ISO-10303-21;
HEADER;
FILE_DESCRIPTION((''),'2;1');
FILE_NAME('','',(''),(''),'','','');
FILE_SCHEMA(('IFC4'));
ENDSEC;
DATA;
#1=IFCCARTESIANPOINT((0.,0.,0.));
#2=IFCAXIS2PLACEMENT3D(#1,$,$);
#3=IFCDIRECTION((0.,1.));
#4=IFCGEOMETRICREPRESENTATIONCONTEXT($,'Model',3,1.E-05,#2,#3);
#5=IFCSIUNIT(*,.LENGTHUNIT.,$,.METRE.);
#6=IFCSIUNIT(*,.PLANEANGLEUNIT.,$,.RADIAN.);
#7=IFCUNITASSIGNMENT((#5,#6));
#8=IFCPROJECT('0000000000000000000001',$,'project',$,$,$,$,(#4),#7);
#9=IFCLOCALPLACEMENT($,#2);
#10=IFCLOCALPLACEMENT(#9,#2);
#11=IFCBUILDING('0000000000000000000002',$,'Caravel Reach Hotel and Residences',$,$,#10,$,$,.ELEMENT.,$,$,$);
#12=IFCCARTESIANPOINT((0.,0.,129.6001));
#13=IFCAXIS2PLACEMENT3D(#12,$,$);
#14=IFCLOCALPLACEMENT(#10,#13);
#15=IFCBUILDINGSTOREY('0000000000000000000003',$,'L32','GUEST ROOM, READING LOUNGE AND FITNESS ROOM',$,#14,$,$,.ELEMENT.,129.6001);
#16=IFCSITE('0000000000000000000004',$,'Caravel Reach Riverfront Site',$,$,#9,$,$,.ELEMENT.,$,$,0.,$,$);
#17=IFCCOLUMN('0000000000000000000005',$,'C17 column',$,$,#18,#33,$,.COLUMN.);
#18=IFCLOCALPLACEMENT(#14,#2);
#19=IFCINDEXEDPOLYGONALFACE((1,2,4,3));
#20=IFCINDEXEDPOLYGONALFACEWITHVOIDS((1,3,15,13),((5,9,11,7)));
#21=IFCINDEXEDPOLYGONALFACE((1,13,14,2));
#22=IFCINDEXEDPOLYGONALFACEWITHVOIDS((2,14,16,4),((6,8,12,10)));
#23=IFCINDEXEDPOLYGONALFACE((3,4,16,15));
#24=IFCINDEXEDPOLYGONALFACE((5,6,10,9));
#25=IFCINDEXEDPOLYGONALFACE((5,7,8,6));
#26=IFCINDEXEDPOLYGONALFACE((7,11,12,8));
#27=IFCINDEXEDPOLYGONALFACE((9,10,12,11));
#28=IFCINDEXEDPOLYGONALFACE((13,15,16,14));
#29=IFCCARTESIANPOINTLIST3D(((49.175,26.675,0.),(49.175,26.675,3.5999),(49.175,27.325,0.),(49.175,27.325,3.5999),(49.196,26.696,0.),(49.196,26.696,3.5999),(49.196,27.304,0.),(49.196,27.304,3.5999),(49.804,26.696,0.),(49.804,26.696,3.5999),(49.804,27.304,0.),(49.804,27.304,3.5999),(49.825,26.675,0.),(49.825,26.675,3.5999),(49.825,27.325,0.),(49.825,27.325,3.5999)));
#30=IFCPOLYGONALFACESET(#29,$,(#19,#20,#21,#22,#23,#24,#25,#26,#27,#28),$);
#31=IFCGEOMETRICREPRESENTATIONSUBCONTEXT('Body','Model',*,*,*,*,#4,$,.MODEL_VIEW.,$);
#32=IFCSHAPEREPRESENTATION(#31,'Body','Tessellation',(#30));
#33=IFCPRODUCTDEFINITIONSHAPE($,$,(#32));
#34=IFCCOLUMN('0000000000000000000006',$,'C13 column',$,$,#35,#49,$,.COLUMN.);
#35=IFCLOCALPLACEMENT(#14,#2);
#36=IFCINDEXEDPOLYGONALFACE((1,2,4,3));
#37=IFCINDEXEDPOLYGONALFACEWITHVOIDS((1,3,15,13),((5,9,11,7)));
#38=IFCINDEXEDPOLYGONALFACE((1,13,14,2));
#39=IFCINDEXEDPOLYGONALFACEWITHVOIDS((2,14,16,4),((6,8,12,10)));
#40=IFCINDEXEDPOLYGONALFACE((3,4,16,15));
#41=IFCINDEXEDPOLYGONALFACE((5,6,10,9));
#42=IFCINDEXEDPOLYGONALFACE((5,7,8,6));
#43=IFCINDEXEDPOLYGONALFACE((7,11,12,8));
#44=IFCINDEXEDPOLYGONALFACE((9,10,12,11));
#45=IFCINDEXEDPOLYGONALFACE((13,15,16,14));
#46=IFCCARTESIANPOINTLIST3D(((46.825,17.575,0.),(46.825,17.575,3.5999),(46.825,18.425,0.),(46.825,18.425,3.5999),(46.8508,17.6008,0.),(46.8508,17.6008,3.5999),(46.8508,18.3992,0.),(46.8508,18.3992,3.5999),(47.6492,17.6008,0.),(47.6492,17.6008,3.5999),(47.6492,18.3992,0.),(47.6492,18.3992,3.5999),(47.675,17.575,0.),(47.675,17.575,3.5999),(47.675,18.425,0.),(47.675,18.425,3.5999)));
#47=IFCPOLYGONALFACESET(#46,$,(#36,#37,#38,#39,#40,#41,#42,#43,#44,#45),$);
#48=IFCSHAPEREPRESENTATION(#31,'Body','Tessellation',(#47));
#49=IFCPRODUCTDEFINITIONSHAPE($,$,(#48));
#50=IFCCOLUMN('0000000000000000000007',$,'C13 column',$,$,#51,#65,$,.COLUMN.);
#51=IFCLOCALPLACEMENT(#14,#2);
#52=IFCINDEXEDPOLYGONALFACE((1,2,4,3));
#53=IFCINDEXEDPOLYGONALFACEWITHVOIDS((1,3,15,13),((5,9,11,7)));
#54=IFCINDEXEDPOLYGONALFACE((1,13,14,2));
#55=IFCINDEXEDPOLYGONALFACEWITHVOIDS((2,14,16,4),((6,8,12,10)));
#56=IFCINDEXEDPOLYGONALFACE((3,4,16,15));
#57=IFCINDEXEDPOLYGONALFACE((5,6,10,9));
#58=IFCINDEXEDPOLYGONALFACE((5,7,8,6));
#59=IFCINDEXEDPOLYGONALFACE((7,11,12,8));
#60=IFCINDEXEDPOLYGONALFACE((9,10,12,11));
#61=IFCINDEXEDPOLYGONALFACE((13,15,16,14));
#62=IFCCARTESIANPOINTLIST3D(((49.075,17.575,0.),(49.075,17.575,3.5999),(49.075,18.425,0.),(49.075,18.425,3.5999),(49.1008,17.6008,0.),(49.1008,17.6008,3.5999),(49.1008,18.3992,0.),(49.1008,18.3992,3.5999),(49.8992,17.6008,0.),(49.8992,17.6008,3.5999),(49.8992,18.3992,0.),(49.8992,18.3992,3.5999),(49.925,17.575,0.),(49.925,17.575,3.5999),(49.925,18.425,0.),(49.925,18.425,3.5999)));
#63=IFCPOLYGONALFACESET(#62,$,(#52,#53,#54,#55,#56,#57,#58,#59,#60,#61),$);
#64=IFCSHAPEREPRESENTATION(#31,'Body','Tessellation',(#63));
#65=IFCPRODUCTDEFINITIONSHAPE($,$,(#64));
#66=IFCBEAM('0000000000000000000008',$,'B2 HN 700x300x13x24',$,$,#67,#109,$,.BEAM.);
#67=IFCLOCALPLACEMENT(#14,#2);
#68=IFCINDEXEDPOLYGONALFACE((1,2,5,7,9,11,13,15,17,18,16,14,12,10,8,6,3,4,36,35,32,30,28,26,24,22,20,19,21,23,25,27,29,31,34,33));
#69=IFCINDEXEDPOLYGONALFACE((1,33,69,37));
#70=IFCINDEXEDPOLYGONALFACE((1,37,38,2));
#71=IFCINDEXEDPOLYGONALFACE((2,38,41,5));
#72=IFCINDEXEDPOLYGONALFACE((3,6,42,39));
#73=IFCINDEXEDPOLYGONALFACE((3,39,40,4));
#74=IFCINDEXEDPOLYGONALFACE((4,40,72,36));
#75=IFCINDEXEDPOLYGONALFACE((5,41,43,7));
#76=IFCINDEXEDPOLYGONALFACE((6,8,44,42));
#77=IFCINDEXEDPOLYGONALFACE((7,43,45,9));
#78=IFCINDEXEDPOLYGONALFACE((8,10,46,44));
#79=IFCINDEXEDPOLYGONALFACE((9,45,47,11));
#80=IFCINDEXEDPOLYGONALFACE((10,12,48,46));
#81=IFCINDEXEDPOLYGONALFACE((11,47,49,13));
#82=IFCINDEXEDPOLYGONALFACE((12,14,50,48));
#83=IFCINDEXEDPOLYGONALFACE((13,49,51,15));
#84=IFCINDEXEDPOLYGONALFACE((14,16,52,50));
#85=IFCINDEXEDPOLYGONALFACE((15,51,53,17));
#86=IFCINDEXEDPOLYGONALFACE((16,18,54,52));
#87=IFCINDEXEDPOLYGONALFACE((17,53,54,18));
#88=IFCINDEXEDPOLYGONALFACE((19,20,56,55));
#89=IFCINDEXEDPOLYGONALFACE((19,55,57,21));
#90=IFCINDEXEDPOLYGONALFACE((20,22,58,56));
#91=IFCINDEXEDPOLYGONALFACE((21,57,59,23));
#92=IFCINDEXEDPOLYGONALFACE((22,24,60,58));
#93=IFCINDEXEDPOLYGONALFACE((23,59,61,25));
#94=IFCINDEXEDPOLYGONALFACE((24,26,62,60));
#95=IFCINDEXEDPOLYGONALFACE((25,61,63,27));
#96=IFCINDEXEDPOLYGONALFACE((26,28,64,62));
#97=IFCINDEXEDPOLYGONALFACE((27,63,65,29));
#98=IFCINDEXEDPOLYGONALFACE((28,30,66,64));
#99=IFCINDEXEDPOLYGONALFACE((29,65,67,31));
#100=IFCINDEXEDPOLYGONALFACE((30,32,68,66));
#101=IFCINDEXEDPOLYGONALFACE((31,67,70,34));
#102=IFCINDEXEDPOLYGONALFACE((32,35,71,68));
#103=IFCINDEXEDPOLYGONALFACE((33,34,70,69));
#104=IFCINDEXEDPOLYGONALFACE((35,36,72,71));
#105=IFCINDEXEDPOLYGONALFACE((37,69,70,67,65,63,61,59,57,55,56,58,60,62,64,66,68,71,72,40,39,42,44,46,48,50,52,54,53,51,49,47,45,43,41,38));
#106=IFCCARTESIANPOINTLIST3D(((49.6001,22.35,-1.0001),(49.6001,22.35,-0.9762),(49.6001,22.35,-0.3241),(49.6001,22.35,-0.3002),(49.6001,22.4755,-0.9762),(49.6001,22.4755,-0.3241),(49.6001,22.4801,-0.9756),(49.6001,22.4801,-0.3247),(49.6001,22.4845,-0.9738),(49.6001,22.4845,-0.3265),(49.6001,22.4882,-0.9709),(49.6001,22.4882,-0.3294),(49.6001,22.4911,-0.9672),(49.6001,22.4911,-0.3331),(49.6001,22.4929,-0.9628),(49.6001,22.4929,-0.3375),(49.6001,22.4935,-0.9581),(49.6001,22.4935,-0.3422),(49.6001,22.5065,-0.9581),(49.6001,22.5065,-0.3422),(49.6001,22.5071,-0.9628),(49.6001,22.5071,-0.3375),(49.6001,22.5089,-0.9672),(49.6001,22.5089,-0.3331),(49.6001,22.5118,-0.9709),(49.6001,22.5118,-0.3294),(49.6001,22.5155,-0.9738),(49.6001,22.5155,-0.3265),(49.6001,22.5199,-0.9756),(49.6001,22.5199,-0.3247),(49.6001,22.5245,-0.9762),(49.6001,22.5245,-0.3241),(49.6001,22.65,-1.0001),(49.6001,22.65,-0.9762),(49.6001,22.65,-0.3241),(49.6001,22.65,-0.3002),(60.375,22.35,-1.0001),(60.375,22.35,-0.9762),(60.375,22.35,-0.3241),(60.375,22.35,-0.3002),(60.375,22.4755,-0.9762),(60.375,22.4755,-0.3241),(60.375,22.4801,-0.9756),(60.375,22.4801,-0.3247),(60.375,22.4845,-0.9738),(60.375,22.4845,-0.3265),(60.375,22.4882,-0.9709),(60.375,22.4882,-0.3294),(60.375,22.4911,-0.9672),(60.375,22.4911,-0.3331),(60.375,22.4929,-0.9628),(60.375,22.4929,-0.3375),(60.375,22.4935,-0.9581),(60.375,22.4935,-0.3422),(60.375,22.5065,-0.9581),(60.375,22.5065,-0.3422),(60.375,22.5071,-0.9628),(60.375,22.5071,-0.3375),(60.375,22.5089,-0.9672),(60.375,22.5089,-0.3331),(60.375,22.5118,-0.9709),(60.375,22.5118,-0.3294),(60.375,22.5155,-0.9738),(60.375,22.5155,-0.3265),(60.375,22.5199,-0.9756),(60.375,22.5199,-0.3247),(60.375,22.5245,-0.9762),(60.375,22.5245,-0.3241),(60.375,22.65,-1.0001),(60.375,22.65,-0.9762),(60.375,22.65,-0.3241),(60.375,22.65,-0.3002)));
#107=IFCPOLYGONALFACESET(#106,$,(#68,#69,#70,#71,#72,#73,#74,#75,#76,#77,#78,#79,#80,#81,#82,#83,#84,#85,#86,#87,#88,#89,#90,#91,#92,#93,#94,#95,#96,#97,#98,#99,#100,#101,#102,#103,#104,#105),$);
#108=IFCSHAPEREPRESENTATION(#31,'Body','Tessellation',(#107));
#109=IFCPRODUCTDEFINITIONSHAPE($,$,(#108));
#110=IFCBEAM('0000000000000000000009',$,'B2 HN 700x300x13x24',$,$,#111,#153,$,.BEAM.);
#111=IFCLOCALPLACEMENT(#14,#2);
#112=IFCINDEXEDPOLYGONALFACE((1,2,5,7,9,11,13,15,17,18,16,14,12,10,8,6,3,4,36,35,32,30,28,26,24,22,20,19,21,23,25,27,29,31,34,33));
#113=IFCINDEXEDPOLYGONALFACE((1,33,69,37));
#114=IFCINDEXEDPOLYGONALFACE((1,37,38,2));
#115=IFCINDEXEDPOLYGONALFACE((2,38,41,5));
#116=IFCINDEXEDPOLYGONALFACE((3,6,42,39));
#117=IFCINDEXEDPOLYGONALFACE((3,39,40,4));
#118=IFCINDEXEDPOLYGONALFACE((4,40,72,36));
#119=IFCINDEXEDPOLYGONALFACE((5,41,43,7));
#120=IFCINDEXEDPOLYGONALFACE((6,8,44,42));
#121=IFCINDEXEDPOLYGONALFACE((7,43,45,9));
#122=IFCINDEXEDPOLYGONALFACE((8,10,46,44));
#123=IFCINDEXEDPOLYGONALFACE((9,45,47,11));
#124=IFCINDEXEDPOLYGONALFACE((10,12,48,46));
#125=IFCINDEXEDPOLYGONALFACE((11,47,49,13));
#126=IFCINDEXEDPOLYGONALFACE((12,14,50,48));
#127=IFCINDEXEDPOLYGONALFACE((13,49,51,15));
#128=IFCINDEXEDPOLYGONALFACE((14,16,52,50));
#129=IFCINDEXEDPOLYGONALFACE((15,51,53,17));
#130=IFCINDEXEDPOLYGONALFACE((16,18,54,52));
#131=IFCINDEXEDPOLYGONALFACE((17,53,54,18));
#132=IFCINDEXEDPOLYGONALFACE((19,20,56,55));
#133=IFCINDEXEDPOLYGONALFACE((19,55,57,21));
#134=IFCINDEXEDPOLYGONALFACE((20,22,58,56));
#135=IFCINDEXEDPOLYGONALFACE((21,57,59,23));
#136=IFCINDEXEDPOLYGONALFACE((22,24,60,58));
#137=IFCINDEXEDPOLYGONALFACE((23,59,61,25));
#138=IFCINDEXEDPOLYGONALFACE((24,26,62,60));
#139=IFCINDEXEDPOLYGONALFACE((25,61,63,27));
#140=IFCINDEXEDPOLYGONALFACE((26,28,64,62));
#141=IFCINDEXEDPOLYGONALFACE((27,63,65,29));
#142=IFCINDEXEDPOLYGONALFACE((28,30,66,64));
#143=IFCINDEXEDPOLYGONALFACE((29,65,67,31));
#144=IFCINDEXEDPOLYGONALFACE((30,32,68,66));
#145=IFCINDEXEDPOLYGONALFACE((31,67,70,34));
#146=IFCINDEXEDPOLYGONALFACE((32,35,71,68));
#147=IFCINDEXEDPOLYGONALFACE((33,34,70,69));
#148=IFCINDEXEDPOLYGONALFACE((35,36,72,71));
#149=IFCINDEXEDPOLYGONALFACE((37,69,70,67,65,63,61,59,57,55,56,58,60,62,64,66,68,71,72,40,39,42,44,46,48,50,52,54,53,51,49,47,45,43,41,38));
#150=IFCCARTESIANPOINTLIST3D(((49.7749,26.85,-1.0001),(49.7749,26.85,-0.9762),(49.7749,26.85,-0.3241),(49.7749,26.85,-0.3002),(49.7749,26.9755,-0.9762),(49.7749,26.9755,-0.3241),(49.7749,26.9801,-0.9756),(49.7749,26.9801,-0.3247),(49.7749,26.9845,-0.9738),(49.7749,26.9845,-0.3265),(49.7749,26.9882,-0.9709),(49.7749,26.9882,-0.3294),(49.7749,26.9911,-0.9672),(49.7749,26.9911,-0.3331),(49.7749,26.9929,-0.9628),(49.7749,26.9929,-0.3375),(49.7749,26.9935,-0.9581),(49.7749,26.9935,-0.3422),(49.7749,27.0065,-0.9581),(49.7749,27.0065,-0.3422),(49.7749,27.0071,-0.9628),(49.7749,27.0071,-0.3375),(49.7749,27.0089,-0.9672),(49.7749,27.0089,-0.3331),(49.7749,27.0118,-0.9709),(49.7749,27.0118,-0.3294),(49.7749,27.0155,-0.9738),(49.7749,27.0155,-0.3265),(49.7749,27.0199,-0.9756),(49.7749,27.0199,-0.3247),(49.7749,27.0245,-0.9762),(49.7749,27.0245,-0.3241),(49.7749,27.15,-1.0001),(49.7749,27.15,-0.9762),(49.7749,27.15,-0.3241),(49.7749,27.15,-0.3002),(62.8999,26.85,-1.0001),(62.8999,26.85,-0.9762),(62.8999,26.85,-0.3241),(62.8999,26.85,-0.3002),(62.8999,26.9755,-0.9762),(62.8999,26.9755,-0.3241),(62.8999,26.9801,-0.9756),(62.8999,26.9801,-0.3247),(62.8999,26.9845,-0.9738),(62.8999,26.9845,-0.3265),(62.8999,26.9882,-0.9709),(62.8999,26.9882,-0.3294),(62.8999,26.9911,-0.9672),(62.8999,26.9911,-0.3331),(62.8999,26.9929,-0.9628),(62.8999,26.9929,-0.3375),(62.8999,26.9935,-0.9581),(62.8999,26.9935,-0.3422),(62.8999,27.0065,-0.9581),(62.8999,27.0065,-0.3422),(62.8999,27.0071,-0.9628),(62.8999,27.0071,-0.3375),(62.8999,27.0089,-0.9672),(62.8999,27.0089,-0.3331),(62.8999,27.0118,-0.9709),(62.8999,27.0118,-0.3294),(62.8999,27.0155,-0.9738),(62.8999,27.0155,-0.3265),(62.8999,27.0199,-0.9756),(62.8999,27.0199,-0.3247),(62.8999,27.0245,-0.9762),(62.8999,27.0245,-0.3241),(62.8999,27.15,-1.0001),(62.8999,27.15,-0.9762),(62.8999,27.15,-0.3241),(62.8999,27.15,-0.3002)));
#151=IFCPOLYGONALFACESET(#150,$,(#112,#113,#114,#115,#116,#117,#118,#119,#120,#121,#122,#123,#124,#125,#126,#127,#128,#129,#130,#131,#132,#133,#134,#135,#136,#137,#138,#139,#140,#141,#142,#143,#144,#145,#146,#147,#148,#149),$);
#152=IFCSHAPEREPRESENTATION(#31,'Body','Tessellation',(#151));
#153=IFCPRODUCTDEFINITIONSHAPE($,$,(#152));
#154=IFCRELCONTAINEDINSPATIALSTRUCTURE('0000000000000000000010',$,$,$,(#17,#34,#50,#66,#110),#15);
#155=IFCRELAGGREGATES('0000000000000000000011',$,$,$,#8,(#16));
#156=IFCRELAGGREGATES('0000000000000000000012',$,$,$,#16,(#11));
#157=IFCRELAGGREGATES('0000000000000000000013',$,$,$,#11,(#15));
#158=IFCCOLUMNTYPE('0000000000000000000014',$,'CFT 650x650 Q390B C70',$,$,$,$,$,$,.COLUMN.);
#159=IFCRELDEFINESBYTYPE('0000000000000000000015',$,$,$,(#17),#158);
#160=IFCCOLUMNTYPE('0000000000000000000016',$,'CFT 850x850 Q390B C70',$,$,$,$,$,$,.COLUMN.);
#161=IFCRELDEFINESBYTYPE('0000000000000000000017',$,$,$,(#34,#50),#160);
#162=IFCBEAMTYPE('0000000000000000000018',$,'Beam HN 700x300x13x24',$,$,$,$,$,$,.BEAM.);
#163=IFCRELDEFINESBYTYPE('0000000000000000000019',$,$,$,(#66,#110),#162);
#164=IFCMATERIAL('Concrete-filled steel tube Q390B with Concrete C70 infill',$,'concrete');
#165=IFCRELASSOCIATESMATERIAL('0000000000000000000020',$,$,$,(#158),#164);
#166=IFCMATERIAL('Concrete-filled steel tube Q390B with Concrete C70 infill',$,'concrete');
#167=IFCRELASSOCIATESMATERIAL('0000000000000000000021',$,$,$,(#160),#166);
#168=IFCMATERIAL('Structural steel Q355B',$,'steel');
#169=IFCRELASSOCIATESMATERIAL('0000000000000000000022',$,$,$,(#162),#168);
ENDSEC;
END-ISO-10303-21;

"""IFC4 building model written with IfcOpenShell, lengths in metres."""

from ifc_helpers import new_model, si_unit, direction, frame, origin, origin_2d, place, context, subcontext, project, spatial, hollow_rectangle, i_section, extrude, material, material_profile, profile_set, type_object, element, save


model = new_model("IFC4")

# Units and contexts
model_context = context("Model", 3, precision=1e-05, world=origin(), true_north=direction((0.0, 1.0)))
body_context = subcontext(model_context, "Body", "Model", "MODEL_VIEW")
ifc_project = project(units=[si_unit("LENGTHUNIT", "METRE"), si_unit("PLANEANGLEUNIT", "RADIAN")], contexts=[model_context])

# Site, building, storey
site_placement = place(None, origin())
site = spatial("IfcSite", under=ifc_project, at=site_placement, Name="Caravel Reach Riverfront Site", CompositionType="ELEMENT", RefElevation=0.0)
building_placement = place(site_placement, origin())
building = spatial("IfcBuilding", under=site, at=building_placement, Name="Caravel Reach Hotel and Residences", CompositionType="ELEMENT")
storey_placement = place(building_placement, frame((0.0, 0.0, 129.6001)))
storey = spatial("IfcBuildingStorey", under=building, at=storey_placement, Name="L32", Description="GUEST ROOM, READING LOUNGE AND FITNESS ROOM", CompositionType="ELEMENT", Elevation=129.6001)

# Columns
ifc_material_1 = material(Name="Concrete-filled steel tube Q390B with Concrete C70 infill", Category="concrete")
ifc_material_profile_1 = material_profile(ifc_material_1, hollow_rectangle(XDim=0.6499, YDim=0.6499, WallThickness=0.021, at=origin_2d()), Name="RHS 650x650x21")
ifc_profile_set_1 = profile_set([ifc_material_profile_1], Name="Concrete-filled steel tube Q390B with Concrete C70 infill")
column_type_1 = type_object("IfcColumnType", Name="CFT 650x650 Q390B C70", PredefinedType="COLUMN", material=ifc_profile_set_1)
column_placement = place(storey_placement, frame((49.5, 27.0, 0.0), z_axis=(0.0, 0.0, 1.0), x_axis=(1.0, 0.0, 0.0)))
element("IfcColumn", 1, at=column_placement, inside=storey, type_object=column_type_1, Name="C17 column", PredefinedType="COLUMN", context=body_context, shape_type="SweptSolid", body=[
    extrude(hollow_rectangle(XDim=0.6499, YDim=0.6499, WallThickness=0.021, at=origin_2d()), origin(), (0.0, 0.0, 1.0), 3.5999),
])
ifc_material_2 = material(Name="Concrete-filled steel tube Q390B with Concrete C70 infill", Category="concrete")
ifc_material_profile_2 = material_profile(ifc_material_2, hollow_rectangle(XDim=0.8501, YDim=0.8501, WallThickness=0.0259, at=origin_2d()), Name="RHS 850x850x26")
ifc_profile_set_2 = profile_set([ifc_material_profile_2], Name="Concrete-filled steel tube Q390B with Concrete C70 infill")
column_type_2 = type_object("IfcColumnType", Name="CFT 850x850 Q390B C70", PredefinedType="COLUMN", material=ifc_profile_set_2)
for number, where, z_axis, x_axis, name in (
    (2, (47.25, 18.0, 0.0), (0.0, 0.0, 1.0), (1.0, 0.0, 0.0), "C13 column"),
    (3, (49.5, 18.0, 0.0), (0.0, 0.0, 1.0), (1.0, 0.0, 0.0), "C13 column"),
):
    element("IfcColumn", number, at=place(storey_placement, frame(where, z_axis=z_axis, x_axis=x_axis)), inside=storey, type_object=column_type_2, Name=name, PredefinedType="COLUMN", context=body_context, shape_type="SweptSolid", body=[
        extrude(hollow_rectangle(XDim=0.8501, YDim=0.8501, WallThickness=0.0259, at=origin_2d()), origin(), (0.0, 0.0, 1.0), 3.5999),
    ])

# Beams
ifc_material_3 = material(Name="Structural steel Q355B", Category="steel")
ifc_material_profile_3 = material_profile(ifc_material_3, i_section(OverallWidth=0.3, OverallDepth=0.7, WebThickness=0.0129, FlangeThickness=0.0239, FilletRadius=0.0181, at=origin_2d()), Name="HN 700x300x13x24")
ifc_profile_set_3 = profile_set([ifc_material_profile_3], Name="Structural steel Q355B")
beam_type_1 = type_object("IfcBeamType", Name="Beam HN 700x300x13x24", PredefinedType="BEAM", material=ifc_profile_set_3)
beam_1_placement = place(storey_placement, frame((49.6001, 22.5, -0.6501), z_axis=(1.0, 0.0, 0.0), x_axis=(0.0, 1.0, 0.0)))
element("IfcBeam", 4, at=beam_1_placement, inside=storey, type_object=beam_type_1, Name="B2 HN 700x300x13x24", PredefinedType="BEAM", context=body_context, shape_type="SweptSolid", body=[
    extrude(i_section(OverallWidth=0.3, OverallDepth=0.7, WebThickness=0.0129, FlangeThickness=0.0239, FilletRadius=0.0181, at=origin_2d()), origin(), (0.0, 0.0, 1.0), 10.7749),
])
beam_2_placement = place(storey_placement, frame((49.7749, 27.0, -0.6501), z_axis=(1.0, 0.0, 0.0), x_axis=(0.0, 1.0, 0.0)))
element("IfcBeam", 5, at=beam_2_placement, inside=storey, type_object=beam_type_1, Name="B2 HN 700x300x13x24", PredefinedType="BEAM", context=body_context, shape_type="SweptSolid", body=[
    extrude(i_section(OverallWidth=0.3, OverallDepth=0.7, WebThickness=0.0129, FlangeThickness=0.0239, FilletRadius=0.0181, at=origin_2d()), origin(), (0.0, 0.0, 1.0), 13.125),
])

save(model, "model.ifc")
